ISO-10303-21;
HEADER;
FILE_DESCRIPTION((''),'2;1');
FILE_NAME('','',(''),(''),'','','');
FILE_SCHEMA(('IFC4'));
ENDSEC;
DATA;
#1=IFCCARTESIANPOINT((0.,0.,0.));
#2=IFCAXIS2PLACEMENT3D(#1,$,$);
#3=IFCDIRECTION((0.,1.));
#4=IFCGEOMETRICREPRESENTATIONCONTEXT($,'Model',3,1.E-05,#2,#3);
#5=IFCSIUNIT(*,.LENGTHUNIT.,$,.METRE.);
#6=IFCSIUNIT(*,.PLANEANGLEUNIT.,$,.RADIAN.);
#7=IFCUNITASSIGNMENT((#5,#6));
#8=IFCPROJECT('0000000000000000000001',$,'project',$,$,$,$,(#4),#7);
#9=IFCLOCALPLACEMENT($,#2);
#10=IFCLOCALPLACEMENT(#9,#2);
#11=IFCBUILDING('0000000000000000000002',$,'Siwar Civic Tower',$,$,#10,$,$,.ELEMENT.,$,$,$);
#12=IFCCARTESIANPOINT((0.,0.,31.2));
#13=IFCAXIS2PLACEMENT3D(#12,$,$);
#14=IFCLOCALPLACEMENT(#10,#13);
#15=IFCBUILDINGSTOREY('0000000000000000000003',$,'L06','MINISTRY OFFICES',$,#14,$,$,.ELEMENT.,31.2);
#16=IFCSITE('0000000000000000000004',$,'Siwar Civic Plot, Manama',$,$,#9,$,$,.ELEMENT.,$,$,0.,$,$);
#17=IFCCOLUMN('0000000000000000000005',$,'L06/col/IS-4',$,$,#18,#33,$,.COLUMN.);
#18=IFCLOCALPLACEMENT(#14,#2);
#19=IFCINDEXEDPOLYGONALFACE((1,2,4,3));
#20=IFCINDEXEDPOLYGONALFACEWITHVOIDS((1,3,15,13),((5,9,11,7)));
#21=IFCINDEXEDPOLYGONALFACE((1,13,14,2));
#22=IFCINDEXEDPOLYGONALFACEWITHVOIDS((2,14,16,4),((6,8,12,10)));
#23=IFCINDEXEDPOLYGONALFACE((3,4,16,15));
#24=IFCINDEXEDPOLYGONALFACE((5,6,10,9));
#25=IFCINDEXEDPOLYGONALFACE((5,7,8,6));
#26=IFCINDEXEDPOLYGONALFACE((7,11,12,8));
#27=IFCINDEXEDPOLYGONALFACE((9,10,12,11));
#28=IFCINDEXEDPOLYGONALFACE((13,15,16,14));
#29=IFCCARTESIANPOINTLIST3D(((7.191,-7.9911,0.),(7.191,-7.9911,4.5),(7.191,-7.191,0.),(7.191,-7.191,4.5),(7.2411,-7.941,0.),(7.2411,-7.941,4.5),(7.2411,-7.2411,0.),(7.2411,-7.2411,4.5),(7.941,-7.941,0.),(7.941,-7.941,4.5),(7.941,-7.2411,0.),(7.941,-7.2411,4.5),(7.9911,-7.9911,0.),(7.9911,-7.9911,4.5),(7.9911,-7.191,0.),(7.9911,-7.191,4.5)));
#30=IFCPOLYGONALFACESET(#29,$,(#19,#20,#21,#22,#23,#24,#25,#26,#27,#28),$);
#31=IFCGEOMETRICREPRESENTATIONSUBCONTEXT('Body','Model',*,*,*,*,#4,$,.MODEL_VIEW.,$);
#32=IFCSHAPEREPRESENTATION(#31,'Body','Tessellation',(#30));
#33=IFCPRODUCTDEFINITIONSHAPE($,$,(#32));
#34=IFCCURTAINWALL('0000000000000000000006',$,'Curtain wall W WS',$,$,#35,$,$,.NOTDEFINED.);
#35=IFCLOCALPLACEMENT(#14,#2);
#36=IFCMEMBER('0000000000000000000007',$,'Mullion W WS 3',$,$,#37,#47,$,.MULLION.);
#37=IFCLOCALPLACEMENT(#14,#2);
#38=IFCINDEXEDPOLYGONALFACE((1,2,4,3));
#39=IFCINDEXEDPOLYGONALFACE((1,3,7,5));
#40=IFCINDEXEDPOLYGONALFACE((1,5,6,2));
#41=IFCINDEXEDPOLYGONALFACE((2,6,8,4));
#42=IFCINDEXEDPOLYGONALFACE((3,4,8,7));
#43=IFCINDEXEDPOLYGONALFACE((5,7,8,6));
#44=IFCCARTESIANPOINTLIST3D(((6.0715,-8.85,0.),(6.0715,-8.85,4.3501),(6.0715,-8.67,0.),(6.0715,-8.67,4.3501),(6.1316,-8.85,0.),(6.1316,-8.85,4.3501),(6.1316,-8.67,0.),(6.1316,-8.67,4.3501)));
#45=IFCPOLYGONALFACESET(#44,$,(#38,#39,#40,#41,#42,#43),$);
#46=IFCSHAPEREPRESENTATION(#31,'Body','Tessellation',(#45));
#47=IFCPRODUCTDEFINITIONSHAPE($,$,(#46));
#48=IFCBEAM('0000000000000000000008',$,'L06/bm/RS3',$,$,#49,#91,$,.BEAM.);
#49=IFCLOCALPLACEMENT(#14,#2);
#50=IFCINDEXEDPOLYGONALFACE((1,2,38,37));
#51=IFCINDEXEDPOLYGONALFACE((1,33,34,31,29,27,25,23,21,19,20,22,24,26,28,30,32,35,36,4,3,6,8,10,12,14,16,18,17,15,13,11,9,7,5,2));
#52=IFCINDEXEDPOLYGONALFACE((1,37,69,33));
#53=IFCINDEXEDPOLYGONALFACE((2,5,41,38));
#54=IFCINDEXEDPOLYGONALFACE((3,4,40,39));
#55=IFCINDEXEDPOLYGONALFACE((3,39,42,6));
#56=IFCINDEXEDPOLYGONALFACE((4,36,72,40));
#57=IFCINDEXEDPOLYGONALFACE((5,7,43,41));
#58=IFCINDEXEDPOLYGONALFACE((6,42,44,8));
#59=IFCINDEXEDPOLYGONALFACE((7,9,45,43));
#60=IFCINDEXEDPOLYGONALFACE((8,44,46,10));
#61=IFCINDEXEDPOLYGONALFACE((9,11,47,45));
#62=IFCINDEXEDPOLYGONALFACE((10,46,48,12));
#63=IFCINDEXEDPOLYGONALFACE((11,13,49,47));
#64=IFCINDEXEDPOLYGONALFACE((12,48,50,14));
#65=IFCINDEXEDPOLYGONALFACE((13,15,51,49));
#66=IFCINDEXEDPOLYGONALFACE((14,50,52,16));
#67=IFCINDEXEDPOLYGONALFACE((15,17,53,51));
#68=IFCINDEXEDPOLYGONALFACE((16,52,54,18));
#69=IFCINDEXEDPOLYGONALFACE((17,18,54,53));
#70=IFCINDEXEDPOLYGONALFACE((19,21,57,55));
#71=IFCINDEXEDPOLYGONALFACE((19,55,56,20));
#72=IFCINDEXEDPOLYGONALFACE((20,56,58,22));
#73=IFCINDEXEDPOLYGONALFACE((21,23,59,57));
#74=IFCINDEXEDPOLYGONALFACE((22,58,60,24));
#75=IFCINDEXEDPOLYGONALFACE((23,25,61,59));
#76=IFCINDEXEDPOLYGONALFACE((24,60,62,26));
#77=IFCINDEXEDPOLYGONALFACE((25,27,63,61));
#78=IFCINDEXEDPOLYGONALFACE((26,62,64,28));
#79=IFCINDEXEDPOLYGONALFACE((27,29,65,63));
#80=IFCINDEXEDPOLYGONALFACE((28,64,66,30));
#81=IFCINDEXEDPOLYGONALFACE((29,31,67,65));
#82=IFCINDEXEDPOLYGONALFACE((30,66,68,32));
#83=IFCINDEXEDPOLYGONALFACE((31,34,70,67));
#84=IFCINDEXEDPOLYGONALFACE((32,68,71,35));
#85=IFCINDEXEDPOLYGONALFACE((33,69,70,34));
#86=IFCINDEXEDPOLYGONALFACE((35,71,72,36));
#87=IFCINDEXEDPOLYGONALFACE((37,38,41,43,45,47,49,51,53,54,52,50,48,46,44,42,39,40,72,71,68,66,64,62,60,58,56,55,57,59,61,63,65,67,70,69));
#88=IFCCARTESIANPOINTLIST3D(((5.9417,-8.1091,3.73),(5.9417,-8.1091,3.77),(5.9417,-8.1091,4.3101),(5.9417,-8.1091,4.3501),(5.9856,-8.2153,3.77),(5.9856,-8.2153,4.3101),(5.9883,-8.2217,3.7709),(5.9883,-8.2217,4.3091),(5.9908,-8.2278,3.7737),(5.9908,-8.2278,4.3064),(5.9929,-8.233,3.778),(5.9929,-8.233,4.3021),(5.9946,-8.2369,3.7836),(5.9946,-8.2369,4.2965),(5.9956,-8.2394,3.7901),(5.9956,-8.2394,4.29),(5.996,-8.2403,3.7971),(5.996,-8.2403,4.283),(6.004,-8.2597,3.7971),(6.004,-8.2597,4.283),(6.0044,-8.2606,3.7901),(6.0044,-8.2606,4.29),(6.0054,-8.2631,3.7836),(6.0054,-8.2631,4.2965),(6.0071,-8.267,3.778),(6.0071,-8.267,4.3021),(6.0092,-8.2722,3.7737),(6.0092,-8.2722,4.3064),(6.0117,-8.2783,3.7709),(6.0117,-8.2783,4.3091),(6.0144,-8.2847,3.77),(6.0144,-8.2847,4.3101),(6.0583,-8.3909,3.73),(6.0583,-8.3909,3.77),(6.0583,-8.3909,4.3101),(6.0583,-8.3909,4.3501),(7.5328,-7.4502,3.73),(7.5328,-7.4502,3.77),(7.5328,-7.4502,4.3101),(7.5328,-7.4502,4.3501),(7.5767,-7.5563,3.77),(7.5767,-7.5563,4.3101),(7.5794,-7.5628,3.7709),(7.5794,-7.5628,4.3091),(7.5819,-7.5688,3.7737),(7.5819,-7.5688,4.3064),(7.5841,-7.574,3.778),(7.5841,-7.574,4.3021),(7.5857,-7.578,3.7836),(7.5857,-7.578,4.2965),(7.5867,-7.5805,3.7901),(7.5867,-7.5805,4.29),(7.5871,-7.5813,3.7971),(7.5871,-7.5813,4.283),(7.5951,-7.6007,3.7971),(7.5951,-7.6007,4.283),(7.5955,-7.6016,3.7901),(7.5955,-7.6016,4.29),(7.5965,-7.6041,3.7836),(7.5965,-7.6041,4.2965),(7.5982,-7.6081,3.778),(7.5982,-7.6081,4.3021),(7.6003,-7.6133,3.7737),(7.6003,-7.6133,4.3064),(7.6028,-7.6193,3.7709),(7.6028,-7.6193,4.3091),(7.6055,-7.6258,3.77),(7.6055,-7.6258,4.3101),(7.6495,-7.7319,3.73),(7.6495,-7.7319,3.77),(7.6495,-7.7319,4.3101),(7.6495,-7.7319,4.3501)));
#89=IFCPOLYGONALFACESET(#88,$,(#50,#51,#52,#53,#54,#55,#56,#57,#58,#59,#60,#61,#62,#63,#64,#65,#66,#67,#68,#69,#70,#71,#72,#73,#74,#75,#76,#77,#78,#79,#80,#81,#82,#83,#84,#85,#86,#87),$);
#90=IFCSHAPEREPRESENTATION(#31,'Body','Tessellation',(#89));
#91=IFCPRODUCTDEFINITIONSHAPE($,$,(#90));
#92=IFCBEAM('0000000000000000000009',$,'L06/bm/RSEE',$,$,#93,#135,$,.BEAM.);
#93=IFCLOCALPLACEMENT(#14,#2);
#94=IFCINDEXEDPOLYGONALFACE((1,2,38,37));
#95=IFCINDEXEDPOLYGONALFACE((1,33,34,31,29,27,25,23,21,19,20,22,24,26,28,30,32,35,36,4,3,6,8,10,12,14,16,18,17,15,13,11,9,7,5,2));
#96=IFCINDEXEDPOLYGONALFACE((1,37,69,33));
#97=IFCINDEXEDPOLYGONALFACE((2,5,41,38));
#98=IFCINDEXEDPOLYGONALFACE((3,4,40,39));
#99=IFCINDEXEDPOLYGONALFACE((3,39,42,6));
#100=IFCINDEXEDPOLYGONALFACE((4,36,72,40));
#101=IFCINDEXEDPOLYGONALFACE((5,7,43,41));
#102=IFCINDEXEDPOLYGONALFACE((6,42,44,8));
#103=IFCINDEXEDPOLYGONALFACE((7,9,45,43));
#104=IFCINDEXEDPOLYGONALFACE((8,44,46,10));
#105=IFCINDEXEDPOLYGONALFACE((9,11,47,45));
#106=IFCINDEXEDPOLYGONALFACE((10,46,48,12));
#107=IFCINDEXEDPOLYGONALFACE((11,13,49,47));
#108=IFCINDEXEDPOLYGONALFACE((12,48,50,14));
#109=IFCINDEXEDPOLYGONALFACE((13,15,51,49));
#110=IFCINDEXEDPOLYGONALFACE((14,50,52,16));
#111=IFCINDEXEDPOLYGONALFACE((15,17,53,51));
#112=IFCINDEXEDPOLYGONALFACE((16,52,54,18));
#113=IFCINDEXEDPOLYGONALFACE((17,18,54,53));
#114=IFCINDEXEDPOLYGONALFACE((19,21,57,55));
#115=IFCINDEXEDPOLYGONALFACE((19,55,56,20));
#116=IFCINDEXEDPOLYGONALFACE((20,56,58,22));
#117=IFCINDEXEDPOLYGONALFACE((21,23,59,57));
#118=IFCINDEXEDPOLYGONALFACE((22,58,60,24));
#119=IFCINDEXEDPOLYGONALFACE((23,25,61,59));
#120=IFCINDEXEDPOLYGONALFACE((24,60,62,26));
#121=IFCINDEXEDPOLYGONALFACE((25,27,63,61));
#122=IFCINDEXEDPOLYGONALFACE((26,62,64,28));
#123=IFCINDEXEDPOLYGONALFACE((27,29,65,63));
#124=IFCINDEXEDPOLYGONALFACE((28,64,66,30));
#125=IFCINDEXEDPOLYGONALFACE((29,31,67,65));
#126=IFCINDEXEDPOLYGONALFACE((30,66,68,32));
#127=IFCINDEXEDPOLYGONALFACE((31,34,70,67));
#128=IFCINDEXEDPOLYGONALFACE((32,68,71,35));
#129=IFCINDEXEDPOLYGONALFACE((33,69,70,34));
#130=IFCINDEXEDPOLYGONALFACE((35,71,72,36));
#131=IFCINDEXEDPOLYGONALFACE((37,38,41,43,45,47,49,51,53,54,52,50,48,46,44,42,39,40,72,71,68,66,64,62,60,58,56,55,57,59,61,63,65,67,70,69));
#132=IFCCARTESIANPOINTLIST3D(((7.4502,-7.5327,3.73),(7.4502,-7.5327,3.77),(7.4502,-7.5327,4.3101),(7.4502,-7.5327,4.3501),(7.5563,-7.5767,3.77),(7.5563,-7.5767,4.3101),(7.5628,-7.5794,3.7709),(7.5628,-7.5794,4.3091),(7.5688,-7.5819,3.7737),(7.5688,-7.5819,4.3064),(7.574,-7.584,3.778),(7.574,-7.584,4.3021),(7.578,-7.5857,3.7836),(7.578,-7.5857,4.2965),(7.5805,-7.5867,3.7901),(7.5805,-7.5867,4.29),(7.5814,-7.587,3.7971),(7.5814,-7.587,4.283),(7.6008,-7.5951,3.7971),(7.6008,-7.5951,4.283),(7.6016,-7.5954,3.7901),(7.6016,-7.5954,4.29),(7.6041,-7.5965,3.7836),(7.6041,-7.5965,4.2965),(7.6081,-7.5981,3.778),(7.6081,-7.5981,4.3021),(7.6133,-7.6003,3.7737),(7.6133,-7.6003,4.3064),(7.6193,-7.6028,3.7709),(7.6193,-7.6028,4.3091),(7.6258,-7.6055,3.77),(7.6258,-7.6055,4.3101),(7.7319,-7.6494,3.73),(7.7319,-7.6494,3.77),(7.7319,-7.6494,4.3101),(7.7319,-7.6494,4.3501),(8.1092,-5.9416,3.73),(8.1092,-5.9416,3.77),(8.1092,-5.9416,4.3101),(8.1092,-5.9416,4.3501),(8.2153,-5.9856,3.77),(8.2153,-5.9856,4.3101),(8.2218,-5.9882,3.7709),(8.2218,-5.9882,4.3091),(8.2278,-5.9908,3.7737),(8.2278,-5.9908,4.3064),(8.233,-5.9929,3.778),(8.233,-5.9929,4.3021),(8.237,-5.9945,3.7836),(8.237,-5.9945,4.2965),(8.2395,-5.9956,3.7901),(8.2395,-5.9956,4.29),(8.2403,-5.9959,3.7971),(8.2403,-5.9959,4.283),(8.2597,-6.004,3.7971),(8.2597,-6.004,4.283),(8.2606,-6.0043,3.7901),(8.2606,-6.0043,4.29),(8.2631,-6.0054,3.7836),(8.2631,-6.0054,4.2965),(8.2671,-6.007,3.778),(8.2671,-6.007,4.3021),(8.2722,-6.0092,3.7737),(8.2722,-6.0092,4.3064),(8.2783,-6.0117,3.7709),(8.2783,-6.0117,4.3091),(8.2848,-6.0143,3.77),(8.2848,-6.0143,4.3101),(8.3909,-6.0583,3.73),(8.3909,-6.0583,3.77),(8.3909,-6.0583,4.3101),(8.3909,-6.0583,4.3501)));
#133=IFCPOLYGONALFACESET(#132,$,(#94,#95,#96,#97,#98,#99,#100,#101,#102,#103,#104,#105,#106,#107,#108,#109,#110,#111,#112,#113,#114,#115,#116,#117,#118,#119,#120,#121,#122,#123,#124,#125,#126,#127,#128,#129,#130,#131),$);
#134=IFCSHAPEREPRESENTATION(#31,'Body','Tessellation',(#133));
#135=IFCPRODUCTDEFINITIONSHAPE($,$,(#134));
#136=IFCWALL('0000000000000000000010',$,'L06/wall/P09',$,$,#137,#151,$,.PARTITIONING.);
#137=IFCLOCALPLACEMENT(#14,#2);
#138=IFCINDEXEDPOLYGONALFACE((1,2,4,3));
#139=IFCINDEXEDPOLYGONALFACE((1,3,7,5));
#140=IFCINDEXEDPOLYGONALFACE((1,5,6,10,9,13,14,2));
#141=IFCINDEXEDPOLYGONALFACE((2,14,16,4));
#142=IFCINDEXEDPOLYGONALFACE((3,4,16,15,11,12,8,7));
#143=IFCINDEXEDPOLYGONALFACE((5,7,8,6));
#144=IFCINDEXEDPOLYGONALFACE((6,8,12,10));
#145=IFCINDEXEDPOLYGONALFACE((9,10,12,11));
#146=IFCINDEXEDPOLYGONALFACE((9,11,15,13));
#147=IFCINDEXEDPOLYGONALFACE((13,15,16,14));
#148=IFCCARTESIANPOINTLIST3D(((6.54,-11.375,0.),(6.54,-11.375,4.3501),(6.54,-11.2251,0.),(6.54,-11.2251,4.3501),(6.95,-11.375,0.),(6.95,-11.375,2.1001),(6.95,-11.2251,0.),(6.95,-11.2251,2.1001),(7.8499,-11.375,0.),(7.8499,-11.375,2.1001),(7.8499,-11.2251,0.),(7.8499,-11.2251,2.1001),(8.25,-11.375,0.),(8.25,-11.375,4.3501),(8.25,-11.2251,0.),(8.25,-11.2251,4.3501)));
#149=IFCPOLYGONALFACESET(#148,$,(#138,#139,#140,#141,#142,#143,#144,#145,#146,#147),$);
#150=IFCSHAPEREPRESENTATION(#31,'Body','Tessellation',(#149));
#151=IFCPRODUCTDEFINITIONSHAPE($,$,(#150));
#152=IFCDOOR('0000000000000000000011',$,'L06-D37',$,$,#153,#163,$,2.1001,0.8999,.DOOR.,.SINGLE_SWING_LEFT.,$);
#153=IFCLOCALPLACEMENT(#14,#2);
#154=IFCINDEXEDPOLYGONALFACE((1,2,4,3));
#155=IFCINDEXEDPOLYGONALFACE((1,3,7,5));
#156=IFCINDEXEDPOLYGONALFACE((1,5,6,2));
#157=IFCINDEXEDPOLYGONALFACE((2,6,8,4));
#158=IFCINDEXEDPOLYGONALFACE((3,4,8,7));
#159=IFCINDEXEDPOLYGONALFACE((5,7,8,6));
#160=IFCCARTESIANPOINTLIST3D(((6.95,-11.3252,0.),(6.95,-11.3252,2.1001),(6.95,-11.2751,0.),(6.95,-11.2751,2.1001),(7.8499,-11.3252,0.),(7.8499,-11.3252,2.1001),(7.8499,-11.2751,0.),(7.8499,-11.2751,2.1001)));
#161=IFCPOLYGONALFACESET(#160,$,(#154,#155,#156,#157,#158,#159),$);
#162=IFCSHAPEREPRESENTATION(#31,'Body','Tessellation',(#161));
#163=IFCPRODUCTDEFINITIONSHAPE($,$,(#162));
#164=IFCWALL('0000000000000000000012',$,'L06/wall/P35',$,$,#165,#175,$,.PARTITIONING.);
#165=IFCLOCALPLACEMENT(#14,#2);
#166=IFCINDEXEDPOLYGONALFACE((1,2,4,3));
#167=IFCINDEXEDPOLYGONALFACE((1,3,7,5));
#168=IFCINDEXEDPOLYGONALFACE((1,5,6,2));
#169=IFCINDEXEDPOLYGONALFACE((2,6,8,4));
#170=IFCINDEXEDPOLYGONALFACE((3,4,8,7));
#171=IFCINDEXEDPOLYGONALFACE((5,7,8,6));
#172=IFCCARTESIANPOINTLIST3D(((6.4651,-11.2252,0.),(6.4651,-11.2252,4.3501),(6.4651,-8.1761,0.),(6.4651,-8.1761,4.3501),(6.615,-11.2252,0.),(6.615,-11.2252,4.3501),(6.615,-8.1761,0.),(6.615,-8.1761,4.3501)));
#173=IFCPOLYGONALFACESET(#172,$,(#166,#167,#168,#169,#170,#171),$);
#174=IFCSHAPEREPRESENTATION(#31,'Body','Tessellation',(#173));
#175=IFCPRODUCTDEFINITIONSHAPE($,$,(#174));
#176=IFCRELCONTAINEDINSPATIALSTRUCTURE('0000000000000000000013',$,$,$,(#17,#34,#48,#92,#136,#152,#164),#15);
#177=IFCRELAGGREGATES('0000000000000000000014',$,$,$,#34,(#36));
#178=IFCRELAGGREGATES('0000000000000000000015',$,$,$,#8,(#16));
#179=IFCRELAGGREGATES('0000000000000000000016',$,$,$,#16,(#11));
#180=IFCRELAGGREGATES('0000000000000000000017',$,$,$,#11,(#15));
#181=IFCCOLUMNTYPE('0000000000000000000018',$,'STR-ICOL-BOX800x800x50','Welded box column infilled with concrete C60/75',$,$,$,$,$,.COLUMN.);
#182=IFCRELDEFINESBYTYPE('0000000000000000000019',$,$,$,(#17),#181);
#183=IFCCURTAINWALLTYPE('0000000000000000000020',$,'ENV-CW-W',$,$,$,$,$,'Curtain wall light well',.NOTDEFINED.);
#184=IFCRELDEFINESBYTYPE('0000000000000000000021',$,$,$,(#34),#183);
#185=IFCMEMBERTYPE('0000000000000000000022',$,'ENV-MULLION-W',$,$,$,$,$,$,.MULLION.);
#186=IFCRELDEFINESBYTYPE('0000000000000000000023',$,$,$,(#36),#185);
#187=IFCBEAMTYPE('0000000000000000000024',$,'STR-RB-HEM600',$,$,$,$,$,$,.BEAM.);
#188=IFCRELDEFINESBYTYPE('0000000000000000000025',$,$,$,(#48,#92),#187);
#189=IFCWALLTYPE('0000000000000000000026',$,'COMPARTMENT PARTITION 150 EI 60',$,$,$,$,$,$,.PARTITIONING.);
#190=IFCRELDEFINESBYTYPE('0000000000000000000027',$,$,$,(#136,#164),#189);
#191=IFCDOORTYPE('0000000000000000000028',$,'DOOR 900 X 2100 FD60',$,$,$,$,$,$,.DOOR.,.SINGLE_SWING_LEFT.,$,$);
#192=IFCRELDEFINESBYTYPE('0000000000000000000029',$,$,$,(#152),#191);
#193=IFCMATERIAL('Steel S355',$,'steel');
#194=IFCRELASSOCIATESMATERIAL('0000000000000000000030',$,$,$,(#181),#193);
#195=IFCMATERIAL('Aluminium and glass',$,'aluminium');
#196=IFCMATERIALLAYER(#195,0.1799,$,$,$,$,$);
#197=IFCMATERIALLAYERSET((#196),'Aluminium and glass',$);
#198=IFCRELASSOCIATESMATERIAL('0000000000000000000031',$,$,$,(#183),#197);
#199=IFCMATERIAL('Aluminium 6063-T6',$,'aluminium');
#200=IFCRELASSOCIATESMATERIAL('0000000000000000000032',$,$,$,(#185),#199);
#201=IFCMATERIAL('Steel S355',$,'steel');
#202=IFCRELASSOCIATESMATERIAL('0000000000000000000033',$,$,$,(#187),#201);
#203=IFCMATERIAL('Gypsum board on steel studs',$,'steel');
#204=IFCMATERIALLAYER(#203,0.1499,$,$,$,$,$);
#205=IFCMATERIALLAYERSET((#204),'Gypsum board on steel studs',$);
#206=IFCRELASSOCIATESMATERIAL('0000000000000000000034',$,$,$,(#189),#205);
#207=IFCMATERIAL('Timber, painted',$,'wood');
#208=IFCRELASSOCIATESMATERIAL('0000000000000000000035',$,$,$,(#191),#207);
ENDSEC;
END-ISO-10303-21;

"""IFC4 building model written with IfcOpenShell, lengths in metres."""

from ifc_helpers import new_model, si_unit, direction, frame, frame_2d, origin, origin_2d, place, context, subcontext, project, spatial, rectangle, hollow_rectangle, i_section, extrude, material, layer, layer_set, material_profile, profile_set, type_object, element, fill, aggregate, save


model = new_model("IFC4")

# Units and contexts
model_context = context("Model", 3, precision=1e-05, world=origin(), true_north=direction((0.0, 1.0)))
body_context = subcontext(model_context, "Body", "Model", "MODEL_VIEW")
ifc_project = project(units=[si_unit("LENGTHUNIT", "METRE"), si_unit("PLANEANGLEUNIT", "RADIAN")], contexts=[model_context])

# Site, building, storey
site_placement = place(None, origin())
site = spatial("IfcSite", under=ifc_project, at=site_placement, Name="Siwar Civic Plot, Manama", CompositionType="ELEMENT", RefElevation=0.0)
building_placement = place(site_placement, origin())
building = spatial("IfcBuilding", under=site, at=building_placement, Name="Siwar Civic Tower", CompositionType="ELEMENT")
storey_placement = place(building_placement, frame((0.0, 0.0, 31.2)))
storey = spatial("IfcBuildingStorey", under=building, at=storey_placement, Name="L06", Description="MINISTRY OFFICES", CompositionType="ELEMENT", Elevation=31.2)

# Column
ifc_material_1 = material(Name="Steel S355", Category="steel")
ifc_material_profile_1 = material_profile(ifc_material_1, hollow_rectangle(XDim=0.8, YDim=0.8, WallThickness=0.05, at=origin_2d()), Name="BOX800x800x50")
ifc_profile_set_1 = profile_set([ifc_material_profile_1], Name="Steel S355")
column_type = type_object("IfcColumnType", Name="STR-ICOL-BOX800x800x50", Description="Welded box column infilled with concrete C60/75", PredefinedType="COLUMN", material=ifc_profile_set_1)
column_placement = place(storey_placement, frame((7.5911, -7.5911, 0.0), z_axis=(0.0, 0.0, 1.0), x_axis=(1.0, 0.0, 0.0)))
element("IfcColumn", 1, at=column_placement, inside=storey, type_object=column_type, Name="L06/col/IS-4", PredefinedType="COLUMN", context=body_context, shape_type="SweptSolid", body=[
    extrude(hollow_rectangle(XDim=0.8, YDim=0.8, WallThickness=0.05, at=origin_2d()), origin(), (0.0, 0.0, 1.0), 4.5),
])

# Curtain wall, member
ifc_material_2 = material(Name="Aluminium and glass", Category="aluminium")
ifc_layer_1 = layer(ifc_material_2, 0.1799)
ifc_layer_set_1 = layer_set([ifc_layer_1], Name="Aluminium and glass")
curtain_wall_type = type_object("IfcCurtainWallType", Name="ENV-CW-W", ElementType="Curtain wall light well", PredefinedType="NOTDEFINED", material=ifc_layer_set_1)
curtain_wall_placement = place(storey_placement, origin())
curtain_wall = element("IfcCurtainWall", 2, at=curtain_wall_placement, inside=storey, type_object=curtain_wall_type, Name="Curtain wall W WS", PredefinedType="NOTDEFINED")
ifc_material_3 = material(Name="Aluminium 6063-T6", Category="aluminium")
ifc_material_profile_2 = material_profile(ifc_material_3, rectangle(XDim=0.1799, YDim=0.0601, at=origin_2d()), Name="AL 180x60")
ifc_profile_set_2 = profile_set([ifc_material_profile_2], Name="Aluminium 6063-T6")
member_type = type_object("IfcMemberType", Name="ENV-MULLION-W", PredefinedType="MULLION", material=ifc_profile_set_2)
member_placement = place(storey_placement, frame((6.1016, -8.76, 0.0), z_axis=(0.0, 0.0, 1.0), x_axis=(0.0, 1.0, 0.0)))
member = element("IfcMember", 3, at=member_placement, type_object=member_type, Name="Mullion W WS 3", PredefinedType="MULLION", context=body_context, shape_type="SweptSolid", body=[
    extrude(rectangle(XDim=0.1799, YDim=0.0601, at=origin_2d()), origin(), (0.0, 0.0, 1.0), 4.3501),
])
aggregate(curtain_wall, [member])

# Beams
ifc_material_4 = material(Name="Steel S355", Category="steel")
ifc_material_profile_3 = material_profile(ifc_material_4, i_section(OverallWidth=0.3049, OverallDepth=0.6201, WebThickness=0.021, FlangeThickness=0.04, FilletRadius=0.0271, at=origin_2d()), Name="HEM600")
ifc_profile_set_3 = profile_set([ifc_material_profile_3], Name="Steel S355")
beam_type = type_object("IfcBeamType", Name="STR-RB-HEM600", PredefinedType="BEAM", material=ifc_profile_set_3)
for number, where, z_axis, x_axis, name in (
    (4, (6.0, -8.25, 4.04), (0.923901, 0.382631, 0.0), (-0.382631, 0.923901, 0.0), "L06/bm/RS3"),
    (5, (7.5911, -7.5911, 4.04), (0.382631, 0.923901, 0.0), (-0.923901, 0.382631, 0.0), "L06/bm/RSEE"),
):
    element("IfcBeam", number, at=place(storey_placement, frame(where, z_axis=z_axis, x_axis=x_axis)), inside=storey, type_object=beam_type, Name=name, PredefinedType="BEAM", context=body_context, shape_type="SweptSolid", body=[
        extrude(i_section(OverallWidth=0.3049, OverallDepth=0.6201, WebThickness=0.021, FlangeThickness=0.04, FilletRadius=0.0271, at=origin_2d()), origin(), (0.0, 0.0, 1.0), 1.7222),
    ])

# Wall, opening, door
ifc_material_5 = material(Name="Gypsum board on steel studs", Category="steel")
ifc_layer_2 = layer(ifc_material_5, 0.1499)
ifc_layer_set_2 = layer_set([ifc_layer_2], Name="Gypsum board on steel studs")
wall_type_1 = type_object("IfcWallType", Name="COMPARTMENT PARTITION 150 EI 60", PredefinedType="PARTITIONING", material=ifc_layer_set_2)
wall_1_placement = place(storey_placement, frame((6.54, -11.3, 0.0), z_axis=(0.0, 0.0, 1.0), x_axis=(1.0, 0.0, 0.0)))
wall_1 = element("IfcWall", 6, at=wall_1_placement, inside=storey, type_object=wall_type_1, Name="L06/wall/P09", PredefinedType="PARTITIONING", context=body_context, shape_type="SweptSolid", body=[
    extrude(rectangle(XDim=1.71, YDim=0.1499, at=frame_2d((0.855, 0.0))), origin(), (0.0, 0.0, 1.0), 4.3501),
])
opening_1_placement = place(wall_1_placement, frame((0.4099, 0.0, 0.0)))
opening_1 = element("IfcOpeningElement", 7, at=opening_1_placement, cuts=wall_1, PredefinedType="OPENING", context=body_context, shape_type="SweptSolid", body=[
    extrude(rectangle(XDim=0.8999, YDim=2.1001, at=frame_2d((0.45, 1.05))), frame((0.0, 0.085, 0.0), z_axis=(0.0, -1.0, 0.0), x_axis=(1.0, 0.0, 0.0)), (0.0, 0.0, 1.0), 0.1699),
])
ifc_material_6 = material(Name="Timber, painted", Category="wood")
door_type_1 = type_object("IfcDoorType", Name="DOOR 900 X 2100 FD60", OperationType="SINGLE_SWING_LEFT", PredefinedType="DOOR", material=ifc_material_6)
door_1_placement = place(opening_1_placement, origin())
door_1 = element("IfcDoor", 8, at=door_1_placement, inside=storey, type_object=door_type_1, Name="L06-D37", OperationType="SINGLE_SWING_LEFT", OverallHeight=2.1001, OverallWidth=0.8999, PredefinedType="DOOR", context=body_context, shape_type="SweptSolid", body=[
    extrude(rectangle(XDim=0.8999, YDim=2.1001, at=frame_2d((0.45, 1.05))), frame((0.0, 0.0249, 0.0), z_axis=(0.0, -1.0, 0.0), x_axis=(1.0, 0.0, 0.0)), (0.0, 0.0, 1.0), 0.05),
])
fill(opening_1, door_1)

# Wall
wall_2_placement = place(storey_placement, frame((6.54, -11.2251, 0.0), z_axis=(0.0, 0.0, 1.0), x_axis=(0.0, 1.0, 0.0)))
element("IfcWall", 9, at=wall_2_placement, inside=storey, type_object=wall_type_1, Name="L06/wall/P35", PredefinedType="PARTITIONING", context=body_context, shape_type="SweptSolid", body=[
    extrude(rectangle(XDim=3.0491, YDim=0.1499, at=frame_2d((1.5244, 0.0))), origin(), (0.0, 0.0, 1.0), 4.3501),
])

save(model, "model.ifc")
